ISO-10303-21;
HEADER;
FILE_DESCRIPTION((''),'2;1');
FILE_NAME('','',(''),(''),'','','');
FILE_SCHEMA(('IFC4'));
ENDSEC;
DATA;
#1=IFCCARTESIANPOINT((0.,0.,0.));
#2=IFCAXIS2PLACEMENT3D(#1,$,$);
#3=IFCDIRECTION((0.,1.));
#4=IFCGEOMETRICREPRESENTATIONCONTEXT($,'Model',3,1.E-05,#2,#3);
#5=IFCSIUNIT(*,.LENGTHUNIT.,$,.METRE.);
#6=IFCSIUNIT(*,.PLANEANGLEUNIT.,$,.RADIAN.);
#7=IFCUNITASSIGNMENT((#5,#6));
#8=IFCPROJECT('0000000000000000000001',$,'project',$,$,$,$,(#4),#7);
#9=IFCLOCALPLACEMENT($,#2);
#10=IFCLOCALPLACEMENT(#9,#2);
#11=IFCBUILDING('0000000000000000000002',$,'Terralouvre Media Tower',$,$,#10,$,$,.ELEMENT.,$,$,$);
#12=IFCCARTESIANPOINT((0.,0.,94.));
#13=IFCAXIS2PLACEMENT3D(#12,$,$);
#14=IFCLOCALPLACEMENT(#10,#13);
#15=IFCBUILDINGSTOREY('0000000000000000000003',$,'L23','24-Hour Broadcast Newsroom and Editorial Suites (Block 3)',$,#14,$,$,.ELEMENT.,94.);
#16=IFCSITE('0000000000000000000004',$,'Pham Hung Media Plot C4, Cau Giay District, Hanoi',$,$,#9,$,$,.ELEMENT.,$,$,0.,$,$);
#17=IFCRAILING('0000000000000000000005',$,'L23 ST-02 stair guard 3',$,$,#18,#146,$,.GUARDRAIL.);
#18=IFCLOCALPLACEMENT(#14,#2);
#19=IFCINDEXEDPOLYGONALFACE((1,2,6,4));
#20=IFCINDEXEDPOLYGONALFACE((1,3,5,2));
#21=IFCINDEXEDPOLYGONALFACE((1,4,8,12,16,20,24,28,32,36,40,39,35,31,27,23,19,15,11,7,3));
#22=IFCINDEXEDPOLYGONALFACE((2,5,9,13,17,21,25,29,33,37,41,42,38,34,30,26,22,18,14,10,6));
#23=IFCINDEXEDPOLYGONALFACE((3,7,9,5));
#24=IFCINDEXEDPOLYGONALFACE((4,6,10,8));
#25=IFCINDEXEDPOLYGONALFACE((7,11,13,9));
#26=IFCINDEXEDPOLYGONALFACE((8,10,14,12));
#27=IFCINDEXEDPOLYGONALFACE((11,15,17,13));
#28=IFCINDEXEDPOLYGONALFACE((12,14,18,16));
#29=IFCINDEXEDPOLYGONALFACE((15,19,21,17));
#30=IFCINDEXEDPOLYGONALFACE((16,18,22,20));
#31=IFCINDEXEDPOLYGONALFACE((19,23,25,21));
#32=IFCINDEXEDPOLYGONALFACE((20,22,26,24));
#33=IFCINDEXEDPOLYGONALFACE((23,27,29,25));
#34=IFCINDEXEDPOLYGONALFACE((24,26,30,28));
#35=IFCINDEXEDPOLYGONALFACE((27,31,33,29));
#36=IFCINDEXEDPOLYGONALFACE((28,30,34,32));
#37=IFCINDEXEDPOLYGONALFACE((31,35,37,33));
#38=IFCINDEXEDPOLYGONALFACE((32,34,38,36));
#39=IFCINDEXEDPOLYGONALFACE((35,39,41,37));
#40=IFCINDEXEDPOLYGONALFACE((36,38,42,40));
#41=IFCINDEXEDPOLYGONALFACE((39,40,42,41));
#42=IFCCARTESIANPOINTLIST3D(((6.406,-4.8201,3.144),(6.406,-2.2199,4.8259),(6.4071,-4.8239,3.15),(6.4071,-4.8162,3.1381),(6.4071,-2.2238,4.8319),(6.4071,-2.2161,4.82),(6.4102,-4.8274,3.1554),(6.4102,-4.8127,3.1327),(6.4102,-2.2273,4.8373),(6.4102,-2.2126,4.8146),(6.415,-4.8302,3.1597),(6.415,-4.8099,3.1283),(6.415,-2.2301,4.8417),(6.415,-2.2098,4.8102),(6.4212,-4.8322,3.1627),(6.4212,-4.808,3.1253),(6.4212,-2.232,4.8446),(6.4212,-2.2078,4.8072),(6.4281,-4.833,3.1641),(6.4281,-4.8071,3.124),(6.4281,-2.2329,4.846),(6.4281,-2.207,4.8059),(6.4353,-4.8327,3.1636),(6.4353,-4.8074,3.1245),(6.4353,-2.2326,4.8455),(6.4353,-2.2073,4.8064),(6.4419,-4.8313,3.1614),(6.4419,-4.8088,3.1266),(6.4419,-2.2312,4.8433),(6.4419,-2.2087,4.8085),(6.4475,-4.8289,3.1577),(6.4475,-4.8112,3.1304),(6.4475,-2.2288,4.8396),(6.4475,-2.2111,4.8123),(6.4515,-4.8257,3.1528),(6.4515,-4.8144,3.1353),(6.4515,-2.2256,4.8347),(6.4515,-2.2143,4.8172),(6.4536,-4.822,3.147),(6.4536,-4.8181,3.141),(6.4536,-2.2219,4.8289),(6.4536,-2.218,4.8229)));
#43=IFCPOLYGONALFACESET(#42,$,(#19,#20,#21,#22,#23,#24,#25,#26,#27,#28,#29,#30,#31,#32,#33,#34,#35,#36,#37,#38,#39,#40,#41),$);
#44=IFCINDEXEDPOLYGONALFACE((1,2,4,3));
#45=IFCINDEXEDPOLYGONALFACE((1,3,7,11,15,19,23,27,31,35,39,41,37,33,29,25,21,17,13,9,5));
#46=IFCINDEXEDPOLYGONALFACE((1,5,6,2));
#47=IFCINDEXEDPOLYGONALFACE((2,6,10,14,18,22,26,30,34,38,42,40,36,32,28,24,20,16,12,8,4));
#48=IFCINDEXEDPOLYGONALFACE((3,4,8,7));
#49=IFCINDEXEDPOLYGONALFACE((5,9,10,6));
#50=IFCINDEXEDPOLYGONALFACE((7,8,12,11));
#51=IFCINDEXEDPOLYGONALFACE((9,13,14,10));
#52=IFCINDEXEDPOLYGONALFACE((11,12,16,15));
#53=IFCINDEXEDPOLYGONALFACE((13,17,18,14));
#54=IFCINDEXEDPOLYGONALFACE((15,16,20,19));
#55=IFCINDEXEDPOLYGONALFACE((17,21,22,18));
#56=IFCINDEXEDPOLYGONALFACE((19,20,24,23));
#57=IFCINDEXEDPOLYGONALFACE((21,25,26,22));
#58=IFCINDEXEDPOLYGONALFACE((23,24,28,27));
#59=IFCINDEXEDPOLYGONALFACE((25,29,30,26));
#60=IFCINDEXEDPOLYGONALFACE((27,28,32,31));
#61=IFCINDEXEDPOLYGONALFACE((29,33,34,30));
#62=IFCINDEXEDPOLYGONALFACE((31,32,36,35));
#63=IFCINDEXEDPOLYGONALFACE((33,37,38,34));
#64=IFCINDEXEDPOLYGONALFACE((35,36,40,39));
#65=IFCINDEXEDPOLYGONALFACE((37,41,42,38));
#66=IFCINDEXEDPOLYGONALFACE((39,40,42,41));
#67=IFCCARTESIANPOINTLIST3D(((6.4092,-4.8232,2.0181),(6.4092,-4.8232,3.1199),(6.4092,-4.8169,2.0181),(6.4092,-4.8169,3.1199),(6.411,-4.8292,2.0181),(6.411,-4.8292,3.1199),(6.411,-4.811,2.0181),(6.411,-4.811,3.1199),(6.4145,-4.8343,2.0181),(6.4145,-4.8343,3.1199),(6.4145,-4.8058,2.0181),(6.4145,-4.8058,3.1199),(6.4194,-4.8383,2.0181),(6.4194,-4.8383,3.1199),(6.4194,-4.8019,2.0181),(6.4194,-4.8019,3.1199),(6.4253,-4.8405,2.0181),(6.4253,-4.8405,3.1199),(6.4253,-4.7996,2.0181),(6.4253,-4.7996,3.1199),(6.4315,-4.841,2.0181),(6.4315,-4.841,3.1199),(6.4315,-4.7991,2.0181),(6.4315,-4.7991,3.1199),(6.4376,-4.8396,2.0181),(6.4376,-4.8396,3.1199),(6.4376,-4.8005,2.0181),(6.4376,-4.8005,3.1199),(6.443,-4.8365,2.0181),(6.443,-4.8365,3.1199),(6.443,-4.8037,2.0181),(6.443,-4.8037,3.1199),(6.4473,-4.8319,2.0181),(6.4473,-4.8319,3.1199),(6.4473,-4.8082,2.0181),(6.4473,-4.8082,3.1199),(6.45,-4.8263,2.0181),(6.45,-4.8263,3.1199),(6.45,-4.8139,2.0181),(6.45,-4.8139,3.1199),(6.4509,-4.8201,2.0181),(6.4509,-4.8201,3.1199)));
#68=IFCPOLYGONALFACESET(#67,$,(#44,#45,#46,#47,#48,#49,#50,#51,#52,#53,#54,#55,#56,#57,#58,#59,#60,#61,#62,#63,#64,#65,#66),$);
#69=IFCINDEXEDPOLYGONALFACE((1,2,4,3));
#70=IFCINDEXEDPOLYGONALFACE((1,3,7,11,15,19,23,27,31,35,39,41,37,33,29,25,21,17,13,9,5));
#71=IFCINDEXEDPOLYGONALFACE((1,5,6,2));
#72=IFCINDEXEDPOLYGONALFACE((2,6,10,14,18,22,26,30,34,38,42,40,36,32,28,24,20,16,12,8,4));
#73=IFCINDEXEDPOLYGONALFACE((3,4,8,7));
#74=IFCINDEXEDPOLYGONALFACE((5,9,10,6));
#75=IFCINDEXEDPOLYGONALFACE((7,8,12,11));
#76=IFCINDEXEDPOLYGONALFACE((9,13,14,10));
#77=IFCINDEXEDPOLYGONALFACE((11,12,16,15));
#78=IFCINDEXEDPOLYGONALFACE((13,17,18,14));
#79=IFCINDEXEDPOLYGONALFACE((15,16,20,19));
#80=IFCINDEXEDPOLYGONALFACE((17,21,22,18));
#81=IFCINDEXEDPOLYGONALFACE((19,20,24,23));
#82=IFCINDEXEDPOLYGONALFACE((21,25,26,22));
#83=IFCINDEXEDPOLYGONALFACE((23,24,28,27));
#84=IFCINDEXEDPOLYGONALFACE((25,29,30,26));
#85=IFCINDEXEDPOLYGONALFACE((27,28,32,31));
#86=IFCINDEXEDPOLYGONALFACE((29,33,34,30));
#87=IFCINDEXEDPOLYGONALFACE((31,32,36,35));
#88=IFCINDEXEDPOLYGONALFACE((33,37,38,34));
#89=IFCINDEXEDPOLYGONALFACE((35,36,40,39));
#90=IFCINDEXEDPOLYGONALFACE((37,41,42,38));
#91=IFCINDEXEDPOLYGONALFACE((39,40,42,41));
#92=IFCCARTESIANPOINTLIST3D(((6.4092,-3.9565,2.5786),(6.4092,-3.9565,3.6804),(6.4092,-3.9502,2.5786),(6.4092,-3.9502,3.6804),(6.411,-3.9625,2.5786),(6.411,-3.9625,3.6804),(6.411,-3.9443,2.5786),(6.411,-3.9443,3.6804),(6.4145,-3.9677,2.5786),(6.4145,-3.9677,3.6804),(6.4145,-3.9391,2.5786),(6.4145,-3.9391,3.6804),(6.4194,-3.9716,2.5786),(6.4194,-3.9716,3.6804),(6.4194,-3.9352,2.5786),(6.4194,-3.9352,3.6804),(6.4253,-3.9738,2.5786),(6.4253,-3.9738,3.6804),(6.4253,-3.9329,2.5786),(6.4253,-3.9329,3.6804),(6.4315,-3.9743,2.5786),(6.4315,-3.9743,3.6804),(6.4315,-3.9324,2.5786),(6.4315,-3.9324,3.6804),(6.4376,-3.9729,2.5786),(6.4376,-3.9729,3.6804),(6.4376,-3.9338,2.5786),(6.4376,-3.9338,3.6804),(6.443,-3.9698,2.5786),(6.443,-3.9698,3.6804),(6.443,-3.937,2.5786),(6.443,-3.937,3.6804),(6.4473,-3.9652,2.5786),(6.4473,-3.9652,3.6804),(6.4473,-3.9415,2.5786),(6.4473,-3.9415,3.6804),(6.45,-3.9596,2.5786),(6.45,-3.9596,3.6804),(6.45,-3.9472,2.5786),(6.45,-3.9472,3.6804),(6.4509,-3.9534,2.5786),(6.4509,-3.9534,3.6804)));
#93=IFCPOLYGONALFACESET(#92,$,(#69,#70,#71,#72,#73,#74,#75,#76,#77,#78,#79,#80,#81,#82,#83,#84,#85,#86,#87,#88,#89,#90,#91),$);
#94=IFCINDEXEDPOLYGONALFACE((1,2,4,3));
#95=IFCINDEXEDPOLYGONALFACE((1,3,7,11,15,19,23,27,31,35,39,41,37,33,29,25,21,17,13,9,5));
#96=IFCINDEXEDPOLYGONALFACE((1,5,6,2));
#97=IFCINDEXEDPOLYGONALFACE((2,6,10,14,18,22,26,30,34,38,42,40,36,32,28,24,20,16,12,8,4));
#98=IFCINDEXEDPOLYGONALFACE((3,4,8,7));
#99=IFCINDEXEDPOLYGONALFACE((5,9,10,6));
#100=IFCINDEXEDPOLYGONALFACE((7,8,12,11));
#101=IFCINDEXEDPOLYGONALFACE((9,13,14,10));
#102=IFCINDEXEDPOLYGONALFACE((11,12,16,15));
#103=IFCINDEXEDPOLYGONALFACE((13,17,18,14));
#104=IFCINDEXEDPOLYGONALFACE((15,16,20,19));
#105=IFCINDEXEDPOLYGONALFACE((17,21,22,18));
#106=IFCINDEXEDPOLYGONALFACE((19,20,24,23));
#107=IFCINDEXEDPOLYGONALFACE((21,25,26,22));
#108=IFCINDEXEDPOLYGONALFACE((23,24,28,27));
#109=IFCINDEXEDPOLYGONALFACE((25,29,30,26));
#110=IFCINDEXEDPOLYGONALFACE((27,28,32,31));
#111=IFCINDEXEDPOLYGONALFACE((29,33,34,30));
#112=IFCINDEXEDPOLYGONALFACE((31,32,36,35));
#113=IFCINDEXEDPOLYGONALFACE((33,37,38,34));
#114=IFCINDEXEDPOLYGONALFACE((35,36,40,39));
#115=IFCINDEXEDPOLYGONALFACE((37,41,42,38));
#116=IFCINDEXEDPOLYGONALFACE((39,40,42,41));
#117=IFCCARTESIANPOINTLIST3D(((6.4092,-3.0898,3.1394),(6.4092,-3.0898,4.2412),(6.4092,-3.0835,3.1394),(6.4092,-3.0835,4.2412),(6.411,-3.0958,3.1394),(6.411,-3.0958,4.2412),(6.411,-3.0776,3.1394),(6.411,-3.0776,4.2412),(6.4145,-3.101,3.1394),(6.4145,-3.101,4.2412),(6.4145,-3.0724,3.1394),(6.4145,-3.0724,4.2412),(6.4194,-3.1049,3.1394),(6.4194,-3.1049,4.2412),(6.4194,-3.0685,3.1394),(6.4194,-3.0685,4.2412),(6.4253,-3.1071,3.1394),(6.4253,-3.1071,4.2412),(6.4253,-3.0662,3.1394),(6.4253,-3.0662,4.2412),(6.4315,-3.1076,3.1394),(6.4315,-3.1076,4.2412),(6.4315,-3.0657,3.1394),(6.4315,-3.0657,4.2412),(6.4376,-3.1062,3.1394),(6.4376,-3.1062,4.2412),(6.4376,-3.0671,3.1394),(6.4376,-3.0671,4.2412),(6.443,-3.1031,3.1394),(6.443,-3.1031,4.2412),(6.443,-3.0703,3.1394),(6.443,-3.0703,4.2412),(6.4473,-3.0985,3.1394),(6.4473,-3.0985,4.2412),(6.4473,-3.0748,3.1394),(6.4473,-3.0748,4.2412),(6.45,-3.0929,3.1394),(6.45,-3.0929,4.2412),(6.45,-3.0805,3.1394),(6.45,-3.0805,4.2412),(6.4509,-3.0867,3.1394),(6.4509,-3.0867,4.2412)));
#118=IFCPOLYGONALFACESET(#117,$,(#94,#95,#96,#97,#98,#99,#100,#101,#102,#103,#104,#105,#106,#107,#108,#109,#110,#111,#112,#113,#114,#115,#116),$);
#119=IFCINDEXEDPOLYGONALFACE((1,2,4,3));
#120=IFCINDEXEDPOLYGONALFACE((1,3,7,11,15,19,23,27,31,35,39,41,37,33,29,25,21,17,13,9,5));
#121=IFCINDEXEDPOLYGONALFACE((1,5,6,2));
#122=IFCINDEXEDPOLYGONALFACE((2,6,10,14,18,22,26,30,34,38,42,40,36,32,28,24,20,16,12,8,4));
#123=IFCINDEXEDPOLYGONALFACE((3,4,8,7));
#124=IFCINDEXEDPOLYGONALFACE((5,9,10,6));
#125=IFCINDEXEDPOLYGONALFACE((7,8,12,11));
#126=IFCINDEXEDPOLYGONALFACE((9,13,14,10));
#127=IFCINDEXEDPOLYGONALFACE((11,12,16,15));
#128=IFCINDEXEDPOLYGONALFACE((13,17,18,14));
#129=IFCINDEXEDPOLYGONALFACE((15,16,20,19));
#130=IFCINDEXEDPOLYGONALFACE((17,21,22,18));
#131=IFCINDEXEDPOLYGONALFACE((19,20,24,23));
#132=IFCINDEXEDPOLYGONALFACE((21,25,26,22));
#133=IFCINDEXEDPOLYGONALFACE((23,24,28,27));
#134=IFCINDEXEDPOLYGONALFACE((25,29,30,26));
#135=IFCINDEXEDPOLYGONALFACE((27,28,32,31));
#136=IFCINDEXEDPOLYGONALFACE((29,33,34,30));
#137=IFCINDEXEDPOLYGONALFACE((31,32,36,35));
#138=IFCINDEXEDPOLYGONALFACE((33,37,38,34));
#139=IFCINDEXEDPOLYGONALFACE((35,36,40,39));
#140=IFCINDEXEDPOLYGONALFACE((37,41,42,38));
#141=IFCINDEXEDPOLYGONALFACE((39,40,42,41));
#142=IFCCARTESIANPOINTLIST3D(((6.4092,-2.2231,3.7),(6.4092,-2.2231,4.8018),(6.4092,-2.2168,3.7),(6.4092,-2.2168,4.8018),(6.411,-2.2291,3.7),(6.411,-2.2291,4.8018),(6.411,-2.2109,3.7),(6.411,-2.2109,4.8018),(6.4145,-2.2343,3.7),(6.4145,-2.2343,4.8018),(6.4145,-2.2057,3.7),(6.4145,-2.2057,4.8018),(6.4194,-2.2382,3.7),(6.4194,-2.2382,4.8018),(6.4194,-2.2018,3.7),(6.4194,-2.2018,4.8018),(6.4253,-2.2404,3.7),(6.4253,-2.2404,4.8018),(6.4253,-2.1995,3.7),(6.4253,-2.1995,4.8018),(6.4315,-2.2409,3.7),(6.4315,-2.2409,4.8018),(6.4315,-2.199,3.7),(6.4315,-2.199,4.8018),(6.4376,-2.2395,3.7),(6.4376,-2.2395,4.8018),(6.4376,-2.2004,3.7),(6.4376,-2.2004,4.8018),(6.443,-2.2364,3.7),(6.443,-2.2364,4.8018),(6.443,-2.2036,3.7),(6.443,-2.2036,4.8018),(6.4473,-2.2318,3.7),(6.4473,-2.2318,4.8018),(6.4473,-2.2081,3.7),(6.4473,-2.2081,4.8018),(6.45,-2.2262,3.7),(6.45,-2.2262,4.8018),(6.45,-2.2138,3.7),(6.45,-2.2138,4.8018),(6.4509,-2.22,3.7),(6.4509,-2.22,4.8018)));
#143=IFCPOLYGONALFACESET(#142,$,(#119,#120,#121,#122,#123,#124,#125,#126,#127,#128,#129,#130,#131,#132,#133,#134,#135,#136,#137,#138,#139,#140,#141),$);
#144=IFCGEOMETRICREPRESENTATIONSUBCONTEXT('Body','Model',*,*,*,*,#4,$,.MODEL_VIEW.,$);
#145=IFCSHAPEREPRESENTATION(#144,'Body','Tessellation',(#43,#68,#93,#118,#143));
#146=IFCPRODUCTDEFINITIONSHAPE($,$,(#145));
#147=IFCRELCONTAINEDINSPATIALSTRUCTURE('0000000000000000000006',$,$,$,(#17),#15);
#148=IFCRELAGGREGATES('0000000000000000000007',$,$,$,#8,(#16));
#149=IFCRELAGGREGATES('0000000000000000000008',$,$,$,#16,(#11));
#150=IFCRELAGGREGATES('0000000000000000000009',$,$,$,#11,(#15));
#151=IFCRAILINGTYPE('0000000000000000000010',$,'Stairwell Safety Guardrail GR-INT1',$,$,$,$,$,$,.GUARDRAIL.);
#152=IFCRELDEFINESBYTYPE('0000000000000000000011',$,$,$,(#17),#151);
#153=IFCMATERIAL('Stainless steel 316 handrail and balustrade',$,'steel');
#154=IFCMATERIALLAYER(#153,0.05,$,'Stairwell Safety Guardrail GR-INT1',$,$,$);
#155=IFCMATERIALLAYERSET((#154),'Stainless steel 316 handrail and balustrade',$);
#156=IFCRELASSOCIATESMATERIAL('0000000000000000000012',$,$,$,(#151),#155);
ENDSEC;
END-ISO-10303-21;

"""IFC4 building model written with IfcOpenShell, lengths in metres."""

from ifc_helpers import new_model, si_unit, direction, frame, origin, origin_2d, place, context, subcontext, project, spatial, circle, extrude, material, layer, layer_set, type_object, element, save


model = new_model("IFC4")

# Units and contexts
model_context = context("Model", 3, precision=1e-05, world=origin(), true_north=direction((0.0, 1.0)))
body_context = subcontext(model_context, "Body", "Model", "MODEL_VIEW")
ifc_project = project(units=[si_unit("LENGTHUNIT", "METRE"), si_unit("PLANEANGLEUNIT", "RADIAN")], contexts=[model_context])

# Site, building, storey
site_placement = place(None, origin())
site = spatial("IfcSite", under=ifc_project, at=site_placement, Name="Pham Hung Media Plot C4, Cau Giay District, Hanoi", CompositionType="ELEMENT", RefElevation=0.0)
building_placement = place(site_placement, origin())
building = spatial("IfcBuilding", under=site, at=building_placement, Name="Terralouvre Media Tower", CompositionType="ELEMENT")
storey_placement = place(building_placement, frame((0.0, 0.0, 94.0)))
storey = spatial("IfcBuildingStorey", under=building, at=storey_placement, Name="L23", Description="24-Hour Broadcast Newsroom and Editorial Suites (Block 3)", CompositionType="ELEMENT", Elevation=94.0)

# Railing
ifc_material_1 = material(Name="Stainless steel 316 handrail and balustrade", Category="steel")
ifc_layer_1 = layer(ifc_material_1, 0.05, Name="Stairwell Safety Guardrail GR-INT1")
ifc_layer_set_1 = layer_set([ifc_layer_1], Name="Stainless steel 316 handrail and balustrade")
railing_type_1 = type_object("IfcRailingType", Name="Stairwell Safety Guardrail GR-INT1", PredefinedType="GUARDRAIL", material=ifc_layer_set_1)
railing_1_placement = place(storey_placement, frame((6.4299, -4.8201, 2.0181)))
element("IfcRailing", 1, at=railing_1_placement, inside=storey, type_object=railing_type_1, Name="L23 ST-02 stair guard 3", PredefinedType="GUARDRAIL", context=body_context, shape_type="SweptSolid", body=[
    extrude(circle(Radius=0.0239, at=origin_2d()), frame((0.0, 0.0, 1.126), z_axis=(0.0, 0.839648, 0.54313), x_axis=(-1.0, 0.0, 0.0)), (0.0, 0.0, 1.0), 3.0967),
    extrude(circle(Radius=0.021, at=origin_2d()), origin(), (0.0, 0.0, 1.0), 1.1018),
    extrude(circle(Radius=0.021, at=origin_2d()), frame((0.0, 0.8667, 0.5605)), (0.0, 0.0, 1.0), 1.1018),
    extrude(circle(Radius=0.021, at=origin_2d()), frame((0.0, 1.7334, 1.1213)), (0.0, 0.0, 1.0), 1.1018),
    extrude(circle(Radius=0.021, at=origin_2d()), frame((0.0, 2.6001, 1.6819)), (0.0, 0.0, 1.0), 1.1018),
])

save(model, "model.ifc")
